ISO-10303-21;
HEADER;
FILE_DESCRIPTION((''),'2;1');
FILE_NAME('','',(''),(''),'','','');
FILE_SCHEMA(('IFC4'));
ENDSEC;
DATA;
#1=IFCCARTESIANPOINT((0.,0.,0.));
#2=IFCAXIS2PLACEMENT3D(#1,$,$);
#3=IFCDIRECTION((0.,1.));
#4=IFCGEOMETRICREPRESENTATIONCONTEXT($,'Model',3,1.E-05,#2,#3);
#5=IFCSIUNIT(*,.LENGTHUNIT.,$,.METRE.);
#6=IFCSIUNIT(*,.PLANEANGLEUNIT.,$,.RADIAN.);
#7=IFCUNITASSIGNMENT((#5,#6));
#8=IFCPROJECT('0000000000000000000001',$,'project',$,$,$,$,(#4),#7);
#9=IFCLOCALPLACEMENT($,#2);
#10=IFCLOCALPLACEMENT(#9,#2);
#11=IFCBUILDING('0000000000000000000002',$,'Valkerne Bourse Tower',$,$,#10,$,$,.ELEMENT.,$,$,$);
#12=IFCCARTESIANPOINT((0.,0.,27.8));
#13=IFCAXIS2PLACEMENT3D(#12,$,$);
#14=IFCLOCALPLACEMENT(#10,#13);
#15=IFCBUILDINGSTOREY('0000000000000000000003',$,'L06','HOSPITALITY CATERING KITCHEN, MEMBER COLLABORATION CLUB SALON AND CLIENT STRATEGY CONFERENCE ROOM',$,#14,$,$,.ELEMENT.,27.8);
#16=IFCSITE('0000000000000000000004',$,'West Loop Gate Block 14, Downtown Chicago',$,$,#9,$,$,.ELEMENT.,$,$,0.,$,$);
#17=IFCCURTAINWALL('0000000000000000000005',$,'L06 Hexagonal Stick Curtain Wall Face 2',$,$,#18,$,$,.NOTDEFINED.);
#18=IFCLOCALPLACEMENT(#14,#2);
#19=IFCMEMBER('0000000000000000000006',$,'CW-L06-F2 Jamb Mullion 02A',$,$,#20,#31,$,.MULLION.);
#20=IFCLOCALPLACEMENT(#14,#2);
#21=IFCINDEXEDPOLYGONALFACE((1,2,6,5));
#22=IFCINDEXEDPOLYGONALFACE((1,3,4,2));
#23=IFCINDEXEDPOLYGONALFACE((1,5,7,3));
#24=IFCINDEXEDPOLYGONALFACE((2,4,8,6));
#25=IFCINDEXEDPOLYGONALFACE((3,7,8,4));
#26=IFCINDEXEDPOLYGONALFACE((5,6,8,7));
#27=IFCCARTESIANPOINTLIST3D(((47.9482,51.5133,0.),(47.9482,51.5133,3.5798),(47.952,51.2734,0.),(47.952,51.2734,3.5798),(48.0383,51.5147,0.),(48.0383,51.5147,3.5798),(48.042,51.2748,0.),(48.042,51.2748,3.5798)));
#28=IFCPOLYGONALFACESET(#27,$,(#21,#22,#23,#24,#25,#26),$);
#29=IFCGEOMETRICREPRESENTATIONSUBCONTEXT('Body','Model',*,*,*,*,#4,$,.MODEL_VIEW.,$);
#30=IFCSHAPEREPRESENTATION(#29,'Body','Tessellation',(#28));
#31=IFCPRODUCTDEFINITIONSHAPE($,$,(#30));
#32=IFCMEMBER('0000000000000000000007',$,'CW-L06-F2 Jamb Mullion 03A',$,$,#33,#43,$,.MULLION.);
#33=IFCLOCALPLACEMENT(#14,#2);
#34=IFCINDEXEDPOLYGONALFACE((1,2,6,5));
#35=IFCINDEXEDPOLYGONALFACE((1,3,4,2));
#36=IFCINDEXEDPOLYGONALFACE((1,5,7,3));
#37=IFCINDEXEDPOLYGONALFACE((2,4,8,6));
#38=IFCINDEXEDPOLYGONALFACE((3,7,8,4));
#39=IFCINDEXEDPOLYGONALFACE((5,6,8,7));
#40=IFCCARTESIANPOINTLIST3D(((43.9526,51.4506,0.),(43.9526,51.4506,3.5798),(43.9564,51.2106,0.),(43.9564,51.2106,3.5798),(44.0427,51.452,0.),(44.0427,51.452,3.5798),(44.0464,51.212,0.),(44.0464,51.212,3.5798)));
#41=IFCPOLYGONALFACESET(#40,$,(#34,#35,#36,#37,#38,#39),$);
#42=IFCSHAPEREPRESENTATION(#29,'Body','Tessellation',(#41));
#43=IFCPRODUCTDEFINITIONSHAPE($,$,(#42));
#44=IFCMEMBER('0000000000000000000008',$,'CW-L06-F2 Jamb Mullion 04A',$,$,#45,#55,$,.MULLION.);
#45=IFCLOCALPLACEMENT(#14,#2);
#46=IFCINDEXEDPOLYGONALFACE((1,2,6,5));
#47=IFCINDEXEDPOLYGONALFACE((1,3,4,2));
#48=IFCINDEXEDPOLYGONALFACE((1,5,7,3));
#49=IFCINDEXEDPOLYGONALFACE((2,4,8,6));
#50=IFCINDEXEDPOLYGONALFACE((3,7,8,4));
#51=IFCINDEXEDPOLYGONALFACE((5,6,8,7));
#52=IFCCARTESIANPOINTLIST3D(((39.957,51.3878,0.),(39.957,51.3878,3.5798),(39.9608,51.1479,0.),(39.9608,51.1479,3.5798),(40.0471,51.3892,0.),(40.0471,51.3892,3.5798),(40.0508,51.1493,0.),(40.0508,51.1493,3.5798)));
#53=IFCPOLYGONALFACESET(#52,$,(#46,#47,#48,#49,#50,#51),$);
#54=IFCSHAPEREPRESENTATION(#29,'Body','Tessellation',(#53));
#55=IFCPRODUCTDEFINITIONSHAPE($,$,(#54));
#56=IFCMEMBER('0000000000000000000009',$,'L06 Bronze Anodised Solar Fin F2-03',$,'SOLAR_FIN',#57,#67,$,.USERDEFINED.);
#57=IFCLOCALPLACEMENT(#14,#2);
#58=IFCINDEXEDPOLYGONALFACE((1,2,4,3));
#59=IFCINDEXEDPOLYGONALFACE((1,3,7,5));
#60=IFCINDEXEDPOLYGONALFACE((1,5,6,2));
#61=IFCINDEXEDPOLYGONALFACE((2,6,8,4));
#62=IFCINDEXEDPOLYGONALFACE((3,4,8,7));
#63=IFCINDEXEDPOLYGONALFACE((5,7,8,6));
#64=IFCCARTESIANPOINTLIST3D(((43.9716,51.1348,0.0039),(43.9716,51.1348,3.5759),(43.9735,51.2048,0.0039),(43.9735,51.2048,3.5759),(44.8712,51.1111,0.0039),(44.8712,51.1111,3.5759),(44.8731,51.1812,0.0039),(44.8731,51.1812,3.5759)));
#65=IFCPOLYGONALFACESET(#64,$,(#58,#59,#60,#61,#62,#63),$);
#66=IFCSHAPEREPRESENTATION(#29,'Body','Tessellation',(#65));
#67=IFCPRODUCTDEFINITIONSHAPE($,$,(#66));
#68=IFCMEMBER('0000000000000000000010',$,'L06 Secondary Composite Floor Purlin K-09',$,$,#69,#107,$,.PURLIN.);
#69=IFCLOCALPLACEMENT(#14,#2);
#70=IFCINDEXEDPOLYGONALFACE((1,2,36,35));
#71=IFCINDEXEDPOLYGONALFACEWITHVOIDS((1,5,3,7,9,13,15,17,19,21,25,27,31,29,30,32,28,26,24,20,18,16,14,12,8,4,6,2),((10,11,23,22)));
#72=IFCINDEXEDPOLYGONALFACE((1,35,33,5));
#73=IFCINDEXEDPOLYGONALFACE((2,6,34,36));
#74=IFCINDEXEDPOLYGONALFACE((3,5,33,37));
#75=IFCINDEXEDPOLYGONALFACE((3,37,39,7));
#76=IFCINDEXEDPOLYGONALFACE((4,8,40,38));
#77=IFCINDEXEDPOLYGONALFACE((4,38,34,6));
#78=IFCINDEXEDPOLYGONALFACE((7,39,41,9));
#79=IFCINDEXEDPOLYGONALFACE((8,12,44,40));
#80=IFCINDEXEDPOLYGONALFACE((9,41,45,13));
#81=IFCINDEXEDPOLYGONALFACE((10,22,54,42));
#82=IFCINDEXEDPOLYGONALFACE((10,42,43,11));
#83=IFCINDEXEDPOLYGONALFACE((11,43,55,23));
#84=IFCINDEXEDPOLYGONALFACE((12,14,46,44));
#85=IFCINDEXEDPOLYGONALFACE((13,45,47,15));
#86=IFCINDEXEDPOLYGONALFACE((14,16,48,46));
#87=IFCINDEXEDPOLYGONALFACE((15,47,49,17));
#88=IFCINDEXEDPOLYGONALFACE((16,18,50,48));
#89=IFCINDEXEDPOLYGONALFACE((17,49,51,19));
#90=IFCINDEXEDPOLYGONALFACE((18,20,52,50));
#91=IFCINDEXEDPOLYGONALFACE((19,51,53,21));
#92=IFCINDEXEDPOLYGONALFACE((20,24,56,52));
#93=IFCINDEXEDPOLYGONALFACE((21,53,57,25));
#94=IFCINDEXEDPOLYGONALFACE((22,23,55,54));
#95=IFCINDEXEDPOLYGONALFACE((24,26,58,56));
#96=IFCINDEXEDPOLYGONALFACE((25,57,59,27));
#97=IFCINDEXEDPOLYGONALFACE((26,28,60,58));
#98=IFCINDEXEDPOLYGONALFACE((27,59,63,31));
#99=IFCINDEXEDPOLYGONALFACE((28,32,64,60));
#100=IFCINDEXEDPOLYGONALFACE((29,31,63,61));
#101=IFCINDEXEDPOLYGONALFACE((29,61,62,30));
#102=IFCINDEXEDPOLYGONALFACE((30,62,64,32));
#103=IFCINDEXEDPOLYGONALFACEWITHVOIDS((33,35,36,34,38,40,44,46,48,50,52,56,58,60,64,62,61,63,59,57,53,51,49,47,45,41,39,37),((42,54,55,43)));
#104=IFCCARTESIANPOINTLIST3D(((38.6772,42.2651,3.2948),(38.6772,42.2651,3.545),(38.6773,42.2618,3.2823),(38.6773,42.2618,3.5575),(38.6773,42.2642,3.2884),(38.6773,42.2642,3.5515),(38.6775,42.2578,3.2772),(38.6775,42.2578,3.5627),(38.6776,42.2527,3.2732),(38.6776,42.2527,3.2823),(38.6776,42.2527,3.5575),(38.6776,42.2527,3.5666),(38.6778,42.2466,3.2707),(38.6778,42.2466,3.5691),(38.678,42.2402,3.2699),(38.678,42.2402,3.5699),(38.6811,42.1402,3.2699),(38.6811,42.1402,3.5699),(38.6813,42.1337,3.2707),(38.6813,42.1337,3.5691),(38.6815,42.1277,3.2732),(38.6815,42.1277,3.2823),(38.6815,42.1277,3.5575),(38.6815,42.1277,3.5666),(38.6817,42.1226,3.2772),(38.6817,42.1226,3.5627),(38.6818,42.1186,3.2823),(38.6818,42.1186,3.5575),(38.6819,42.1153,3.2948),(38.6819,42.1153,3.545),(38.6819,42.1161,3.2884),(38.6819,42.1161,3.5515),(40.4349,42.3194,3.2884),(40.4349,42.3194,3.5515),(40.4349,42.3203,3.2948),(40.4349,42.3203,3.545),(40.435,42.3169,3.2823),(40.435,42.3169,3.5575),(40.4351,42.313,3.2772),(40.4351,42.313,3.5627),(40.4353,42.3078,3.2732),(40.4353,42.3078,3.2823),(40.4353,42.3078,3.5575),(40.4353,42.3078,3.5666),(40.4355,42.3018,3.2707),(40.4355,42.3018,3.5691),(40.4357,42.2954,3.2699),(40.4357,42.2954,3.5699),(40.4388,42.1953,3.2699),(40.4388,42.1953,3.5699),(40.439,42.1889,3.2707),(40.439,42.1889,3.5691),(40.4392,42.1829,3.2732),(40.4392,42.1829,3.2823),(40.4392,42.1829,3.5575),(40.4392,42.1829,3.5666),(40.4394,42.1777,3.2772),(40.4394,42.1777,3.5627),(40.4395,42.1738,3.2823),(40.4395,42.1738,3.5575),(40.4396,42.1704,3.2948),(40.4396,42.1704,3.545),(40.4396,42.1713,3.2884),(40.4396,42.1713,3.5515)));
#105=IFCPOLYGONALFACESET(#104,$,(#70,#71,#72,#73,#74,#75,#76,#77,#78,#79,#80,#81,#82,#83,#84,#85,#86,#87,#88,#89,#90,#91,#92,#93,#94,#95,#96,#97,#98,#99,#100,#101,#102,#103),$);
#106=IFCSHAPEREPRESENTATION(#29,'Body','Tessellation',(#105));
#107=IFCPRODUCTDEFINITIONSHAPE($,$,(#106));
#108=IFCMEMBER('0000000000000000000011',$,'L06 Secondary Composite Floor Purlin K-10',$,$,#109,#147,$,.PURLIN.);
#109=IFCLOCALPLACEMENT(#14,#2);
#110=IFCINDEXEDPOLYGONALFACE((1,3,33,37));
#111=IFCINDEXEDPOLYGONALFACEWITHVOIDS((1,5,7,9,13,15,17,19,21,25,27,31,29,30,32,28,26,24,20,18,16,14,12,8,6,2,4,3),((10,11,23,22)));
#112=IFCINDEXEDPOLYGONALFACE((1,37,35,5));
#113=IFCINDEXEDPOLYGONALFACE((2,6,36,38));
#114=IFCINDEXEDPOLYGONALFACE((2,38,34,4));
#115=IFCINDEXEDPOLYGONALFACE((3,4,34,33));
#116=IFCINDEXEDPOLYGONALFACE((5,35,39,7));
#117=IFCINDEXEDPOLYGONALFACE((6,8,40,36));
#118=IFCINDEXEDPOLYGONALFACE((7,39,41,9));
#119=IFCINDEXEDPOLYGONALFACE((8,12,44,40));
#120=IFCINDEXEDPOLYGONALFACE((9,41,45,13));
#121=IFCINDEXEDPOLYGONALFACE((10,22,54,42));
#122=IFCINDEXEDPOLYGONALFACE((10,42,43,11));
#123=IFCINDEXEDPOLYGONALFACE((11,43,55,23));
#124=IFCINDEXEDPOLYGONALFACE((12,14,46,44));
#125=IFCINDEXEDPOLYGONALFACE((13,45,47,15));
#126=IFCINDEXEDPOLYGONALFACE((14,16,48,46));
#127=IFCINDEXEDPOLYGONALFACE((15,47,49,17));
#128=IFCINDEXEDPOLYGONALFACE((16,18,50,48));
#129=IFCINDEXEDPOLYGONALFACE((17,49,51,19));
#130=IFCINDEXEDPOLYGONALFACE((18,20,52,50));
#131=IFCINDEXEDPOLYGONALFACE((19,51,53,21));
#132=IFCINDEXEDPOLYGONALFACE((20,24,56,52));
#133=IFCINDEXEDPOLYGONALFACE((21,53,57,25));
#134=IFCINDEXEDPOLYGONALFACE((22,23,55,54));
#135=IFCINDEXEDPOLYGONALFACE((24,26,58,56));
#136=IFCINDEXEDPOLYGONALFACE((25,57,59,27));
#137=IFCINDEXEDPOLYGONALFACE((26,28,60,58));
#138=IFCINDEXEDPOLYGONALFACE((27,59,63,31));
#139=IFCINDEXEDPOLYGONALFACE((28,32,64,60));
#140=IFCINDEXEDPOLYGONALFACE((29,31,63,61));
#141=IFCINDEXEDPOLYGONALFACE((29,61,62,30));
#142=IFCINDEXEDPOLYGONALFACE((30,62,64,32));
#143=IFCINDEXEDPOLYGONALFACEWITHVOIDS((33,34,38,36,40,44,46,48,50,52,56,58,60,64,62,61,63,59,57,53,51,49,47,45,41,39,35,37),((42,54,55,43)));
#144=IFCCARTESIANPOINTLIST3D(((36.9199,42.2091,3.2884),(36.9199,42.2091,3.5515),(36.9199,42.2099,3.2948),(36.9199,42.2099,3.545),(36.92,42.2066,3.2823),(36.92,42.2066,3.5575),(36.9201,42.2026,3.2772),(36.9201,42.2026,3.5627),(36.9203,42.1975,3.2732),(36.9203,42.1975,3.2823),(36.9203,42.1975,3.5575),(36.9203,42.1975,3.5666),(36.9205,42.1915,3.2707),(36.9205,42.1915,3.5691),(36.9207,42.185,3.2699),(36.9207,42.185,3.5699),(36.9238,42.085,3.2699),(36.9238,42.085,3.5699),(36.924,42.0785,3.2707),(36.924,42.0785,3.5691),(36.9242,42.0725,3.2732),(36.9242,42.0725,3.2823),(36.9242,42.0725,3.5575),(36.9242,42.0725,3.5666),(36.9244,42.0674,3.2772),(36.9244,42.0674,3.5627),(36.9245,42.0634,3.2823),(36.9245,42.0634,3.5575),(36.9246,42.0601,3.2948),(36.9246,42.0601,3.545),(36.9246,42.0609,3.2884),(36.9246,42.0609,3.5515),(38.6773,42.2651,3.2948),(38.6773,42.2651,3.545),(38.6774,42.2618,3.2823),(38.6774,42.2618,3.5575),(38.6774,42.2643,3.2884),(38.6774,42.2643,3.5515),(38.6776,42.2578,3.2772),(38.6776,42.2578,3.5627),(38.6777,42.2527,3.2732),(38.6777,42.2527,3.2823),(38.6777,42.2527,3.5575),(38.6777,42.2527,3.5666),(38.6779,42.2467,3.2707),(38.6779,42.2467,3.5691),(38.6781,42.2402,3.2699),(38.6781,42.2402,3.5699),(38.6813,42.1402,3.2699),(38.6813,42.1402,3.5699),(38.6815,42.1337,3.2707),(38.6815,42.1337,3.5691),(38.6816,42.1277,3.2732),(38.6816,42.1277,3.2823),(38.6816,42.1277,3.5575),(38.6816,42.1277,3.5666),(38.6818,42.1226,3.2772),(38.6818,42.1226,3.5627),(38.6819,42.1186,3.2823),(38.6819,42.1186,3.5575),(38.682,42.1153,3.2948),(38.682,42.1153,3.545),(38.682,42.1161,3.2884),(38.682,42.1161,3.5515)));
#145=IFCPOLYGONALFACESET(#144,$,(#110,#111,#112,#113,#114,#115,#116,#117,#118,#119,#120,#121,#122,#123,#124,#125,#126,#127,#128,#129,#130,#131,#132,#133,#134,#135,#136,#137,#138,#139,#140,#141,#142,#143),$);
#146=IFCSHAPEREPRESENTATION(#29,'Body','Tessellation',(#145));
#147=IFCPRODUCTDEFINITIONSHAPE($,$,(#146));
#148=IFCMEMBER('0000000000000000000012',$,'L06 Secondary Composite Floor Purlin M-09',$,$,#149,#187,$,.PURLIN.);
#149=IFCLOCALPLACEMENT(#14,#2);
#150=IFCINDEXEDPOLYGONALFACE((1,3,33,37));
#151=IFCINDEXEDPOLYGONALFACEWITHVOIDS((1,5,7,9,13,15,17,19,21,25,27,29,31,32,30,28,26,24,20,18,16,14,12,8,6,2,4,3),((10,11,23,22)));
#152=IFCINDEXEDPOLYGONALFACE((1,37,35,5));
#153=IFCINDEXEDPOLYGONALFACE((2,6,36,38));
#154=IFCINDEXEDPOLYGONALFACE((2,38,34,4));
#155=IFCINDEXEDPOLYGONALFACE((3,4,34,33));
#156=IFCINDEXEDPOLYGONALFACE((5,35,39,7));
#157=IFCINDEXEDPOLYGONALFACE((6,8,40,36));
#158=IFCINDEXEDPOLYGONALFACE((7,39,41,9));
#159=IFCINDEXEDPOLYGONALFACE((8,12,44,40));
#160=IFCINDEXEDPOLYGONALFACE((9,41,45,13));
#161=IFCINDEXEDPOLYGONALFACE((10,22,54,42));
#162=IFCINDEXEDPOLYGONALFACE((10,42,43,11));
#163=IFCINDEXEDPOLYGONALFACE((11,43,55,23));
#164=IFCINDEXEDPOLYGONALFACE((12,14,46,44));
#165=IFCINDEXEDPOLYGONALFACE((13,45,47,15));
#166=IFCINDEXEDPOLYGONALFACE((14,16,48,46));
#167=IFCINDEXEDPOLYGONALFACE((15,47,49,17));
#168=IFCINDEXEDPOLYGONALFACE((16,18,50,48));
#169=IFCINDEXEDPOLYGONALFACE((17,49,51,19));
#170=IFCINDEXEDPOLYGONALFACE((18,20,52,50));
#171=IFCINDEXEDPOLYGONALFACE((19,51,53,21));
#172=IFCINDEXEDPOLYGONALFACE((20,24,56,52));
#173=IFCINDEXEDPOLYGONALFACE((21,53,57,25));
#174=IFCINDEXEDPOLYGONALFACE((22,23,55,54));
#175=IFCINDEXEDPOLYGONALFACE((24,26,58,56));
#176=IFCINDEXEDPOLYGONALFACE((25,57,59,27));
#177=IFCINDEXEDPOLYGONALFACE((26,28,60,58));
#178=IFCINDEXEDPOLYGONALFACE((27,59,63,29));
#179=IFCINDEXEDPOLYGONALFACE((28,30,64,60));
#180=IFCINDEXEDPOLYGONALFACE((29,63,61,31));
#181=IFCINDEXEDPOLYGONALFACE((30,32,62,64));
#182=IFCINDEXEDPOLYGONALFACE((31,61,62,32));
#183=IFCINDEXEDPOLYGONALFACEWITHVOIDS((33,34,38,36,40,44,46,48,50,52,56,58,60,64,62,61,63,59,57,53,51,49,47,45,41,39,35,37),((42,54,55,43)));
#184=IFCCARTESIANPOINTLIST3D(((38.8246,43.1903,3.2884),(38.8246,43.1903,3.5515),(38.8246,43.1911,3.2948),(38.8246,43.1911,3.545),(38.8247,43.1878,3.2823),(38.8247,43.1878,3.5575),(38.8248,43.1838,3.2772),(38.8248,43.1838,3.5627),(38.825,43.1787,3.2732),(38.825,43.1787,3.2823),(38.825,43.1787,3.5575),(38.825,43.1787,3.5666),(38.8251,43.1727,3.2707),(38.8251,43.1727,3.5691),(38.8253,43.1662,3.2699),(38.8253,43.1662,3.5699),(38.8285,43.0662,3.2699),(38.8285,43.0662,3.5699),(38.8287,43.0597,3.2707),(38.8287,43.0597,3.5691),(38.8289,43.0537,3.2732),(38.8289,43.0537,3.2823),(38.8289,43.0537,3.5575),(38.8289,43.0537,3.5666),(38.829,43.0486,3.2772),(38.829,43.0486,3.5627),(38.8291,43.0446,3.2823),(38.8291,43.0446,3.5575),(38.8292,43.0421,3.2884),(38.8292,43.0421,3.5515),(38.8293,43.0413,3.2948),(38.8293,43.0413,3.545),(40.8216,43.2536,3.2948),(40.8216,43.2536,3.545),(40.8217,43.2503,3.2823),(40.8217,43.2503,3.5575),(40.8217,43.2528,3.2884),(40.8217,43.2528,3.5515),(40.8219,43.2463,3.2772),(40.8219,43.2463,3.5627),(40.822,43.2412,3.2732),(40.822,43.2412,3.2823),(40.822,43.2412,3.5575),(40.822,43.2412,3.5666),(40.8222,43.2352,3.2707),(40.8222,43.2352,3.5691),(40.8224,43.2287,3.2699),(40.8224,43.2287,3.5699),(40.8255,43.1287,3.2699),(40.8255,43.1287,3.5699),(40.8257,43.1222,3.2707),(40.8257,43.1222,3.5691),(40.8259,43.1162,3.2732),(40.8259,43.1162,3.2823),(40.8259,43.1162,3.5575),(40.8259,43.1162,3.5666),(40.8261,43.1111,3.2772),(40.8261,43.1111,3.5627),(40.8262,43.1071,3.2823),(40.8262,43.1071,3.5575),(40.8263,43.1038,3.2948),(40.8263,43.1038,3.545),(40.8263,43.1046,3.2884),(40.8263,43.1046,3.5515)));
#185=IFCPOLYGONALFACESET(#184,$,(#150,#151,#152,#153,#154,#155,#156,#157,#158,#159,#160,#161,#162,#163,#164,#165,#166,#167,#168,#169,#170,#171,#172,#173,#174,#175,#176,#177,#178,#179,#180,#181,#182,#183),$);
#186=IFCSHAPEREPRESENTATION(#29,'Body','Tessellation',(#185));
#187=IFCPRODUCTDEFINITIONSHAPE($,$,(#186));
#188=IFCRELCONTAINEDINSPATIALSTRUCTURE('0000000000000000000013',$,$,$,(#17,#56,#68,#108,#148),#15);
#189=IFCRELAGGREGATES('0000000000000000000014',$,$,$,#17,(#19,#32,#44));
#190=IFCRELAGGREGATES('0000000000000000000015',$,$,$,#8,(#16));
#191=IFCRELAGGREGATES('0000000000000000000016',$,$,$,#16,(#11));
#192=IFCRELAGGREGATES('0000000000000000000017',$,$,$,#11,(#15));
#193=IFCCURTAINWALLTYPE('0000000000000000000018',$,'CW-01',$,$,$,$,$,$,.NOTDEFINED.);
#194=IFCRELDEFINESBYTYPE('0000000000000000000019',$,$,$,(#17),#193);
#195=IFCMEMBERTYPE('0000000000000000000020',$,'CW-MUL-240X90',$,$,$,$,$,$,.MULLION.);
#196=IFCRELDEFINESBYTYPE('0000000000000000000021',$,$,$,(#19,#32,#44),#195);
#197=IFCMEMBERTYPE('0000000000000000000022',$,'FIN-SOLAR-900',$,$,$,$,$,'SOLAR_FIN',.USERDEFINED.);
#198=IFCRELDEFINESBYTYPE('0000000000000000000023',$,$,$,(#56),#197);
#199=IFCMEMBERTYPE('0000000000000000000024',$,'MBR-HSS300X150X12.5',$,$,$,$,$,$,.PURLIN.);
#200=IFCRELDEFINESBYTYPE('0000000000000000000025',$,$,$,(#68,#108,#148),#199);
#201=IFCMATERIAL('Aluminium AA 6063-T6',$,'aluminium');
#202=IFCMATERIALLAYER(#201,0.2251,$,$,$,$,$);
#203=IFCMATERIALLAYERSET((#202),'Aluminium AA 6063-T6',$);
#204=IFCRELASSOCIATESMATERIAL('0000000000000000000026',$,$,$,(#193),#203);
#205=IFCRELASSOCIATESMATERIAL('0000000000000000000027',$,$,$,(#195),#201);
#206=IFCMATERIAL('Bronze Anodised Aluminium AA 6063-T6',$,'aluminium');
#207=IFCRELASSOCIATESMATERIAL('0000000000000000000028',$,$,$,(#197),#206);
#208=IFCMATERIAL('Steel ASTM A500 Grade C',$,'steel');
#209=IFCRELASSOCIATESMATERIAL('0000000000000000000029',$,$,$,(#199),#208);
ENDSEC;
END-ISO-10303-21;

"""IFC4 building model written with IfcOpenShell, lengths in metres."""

from ifc_helpers import new_model, si_unit, direction, frame, origin, origin_2d, place, context, subcontext, project, spatial, rectangle, hollow_rectangle, extrude, material, layer, layer_set, material_profile, profile_set, type_object, element, aggregate, save


model = new_model("IFC4")

# Units and contexts
model_context = context("Model", 3, precision=1e-05, world=origin(), true_north=direction((0.0, 1.0)))
body_context = subcontext(model_context, "Body", "Model", "MODEL_VIEW")
ifc_project = project(units=[si_unit("LENGTHUNIT", "METRE"), si_unit("PLANEANGLEUNIT", "RADIAN")], contexts=[model_context])

# Site, building, storey
site_placement = place(None, origin())
site = spatial("IfcSite", under=ifc_project, at=site_placement, Name="West Loop Gate Block 14, Downtown Chicago", CompositionType="ELEMENT", RefElevation=0.0)
building_placement = place(site_placement, origin())
building = spatial("IfcBuilding", under=site, at=building_placement, Name="Valkerne Bourse Tower", CompositionType="ELEMENT")
storey_placement = place(building_placement, frame((0.0, 0.0, 27.8)))
storey = spatial("IfcBuildingStorey", under=building, at=storey_placement, Name="L06", Description="HOSPITALITY CATERING KITCHEN, MEMBER COLLABORATION CLUB SALON AND CLIENT STRATEGY CONFERENCE ROOM", CompositionType="ELEMENT", Elevation=27.8)

# Curtain wall, members
ifc_material_1 = material(Name="Aluminium AA 6063-T6", Category="aluminium")
ifc_layer_1 = layer(ifc_material_1, 0.2251)
ifc_layer_set_1 = layer_set([ifc_layer_1], Name="Aluminium AA 6063-T6")
curtain_wall_type = type_object("IfcCurtainWallType", Name="CW-01", PredefinedType="NOTDEFINED", material=ifc_layer_set_1)
curtain_wall_placement = place(storey_placement, origin())
curtain_wall = element("IfcCurtainWall", 1, at=curtain_wall_placement, inside=storey, type_object=curtain_wall_type, Name="L06 Hexagonal Stick Curtain Wall Face 2", PredefinedType="NOTDEFINED")
ifc_material_profile_1 = material_profile(ifc_material_1, rectangle(XDim=0.0901, YDim=0.24, at=origin_2d()), Name="CWM-90X240")
ifc_profile_set_1 = profile_set([ifc_material_profile_1], Name="Aluminium AA 6063-T6")
member_type_1 = type_object("IfcMemberType", Name="CW-MUL-240X90", PredefinedType="MULLION", material=ifc_profile_set_1)
member_1_placement = place(storey_placement, frame((47.9951, 51.394, 0.0), z_axis=(0.0, 0.0, 1.0), x_axis=(-0.999877, -0.015691, 0.0)))
member_1 = element("IfcMember", 2, at=member_1_placement, type_object=member_type_1, Name="CW-L06-F2 Jamb Mullion 02A", PredefinedType="MULLION", context=body_context, shape_type="SweptSolid", body=[
    extrude(rectangle(XDim=0.0901, YDim=0.24, at=origin_2d()), origin(), (0.0, 0.0, 1.0), 3.5798),
])
member_2_placement = place(storey_placement, frame((43.9995, 51.3313, 0.0), z_axis=(0.0, 0.0, 1.0), x_axis=(-0.999877, -0.015716, 0.0)))
member_2 = element("IfcMember", 3, at=member_2_placement, type_object=member_type_1, Name="CW-L06-F2 Jamb Mullion 03A", PredefinedType="MULLION", context=body_context, shape_type="SweptSolid", body=[
    extrude(rectangle(XDim=0.0901, YDim=0.24, at=origin_2d()), origin(), (0.0, 0.0, 1.0), 3.5798),
])
member_3_placement = place(storey_placement, frame((40.0039, 51.2686, 0.0), z_axis=(0.0, 0.0, 1.0), x_axis=(-0.999877, -0.015716, 0.0)))
member_3 = element("IfcMember", 4, at=member_3_placement, type_object=member_type_1, Name="CW-L06-F2 Jamb Mullion 04A", PredefinedType="MULLION", context=body_context, shape_type="SweptSolid", body=[
    extrude(rectangle(XDim=0.0901, YDim=0.24, at=origin_2d()), origin(), (0.0, 0.0, 1.0), 3.5798),
])

# Members
ifc_material_2 = material(Name="Bronze Anodised Aluminium AA 6063-T6", Category="aluminium")
ifc_material_profile_2 = material_profile(ifc_material_2, rectangle(XDim=0.0701, YDim=0.8999, at=origin_2d()), Name="FIN-70X900")
ifc_profile_set_2 = profile_set([ifc_material_profile_2], Name="Bronze Anodised Aluminium AA 6063-T6")
member_type_2 = type_object("IfcMemberType", Name="FIN-SOLAR-900", ElementType="SOLAR_FIN", PredefinedType="USERDEFINED", material=ifc_profile_set_2)
member_4_placement = place(storey_placement, frame((44.4224, 51.158, 0.0039), z_axis=(0.0, 0.0, 1.0), x_axis=(0.026293, 0.999654, 0.0)))
element("IfcMember", 5, at=member_4_placement, inside=storey, type_object=member_type_2, Name="L06 Bronze Anodised Solar Fin F2-03", ObjectType="SOLAR_FIN", PredefinedType="USERDEFINED", context=body_context, shape_type="SweptSolid", body=[
    extrude(rectangle(XDim=0.0701, YDim=0.8999, at=origin_2d()), origin(), (0.0, 0.0, 1.0), 3.572),
])
ifc_material_3 = material(Name="Steel ASTM A500 Grade C", Category="steel")
ifc_material_profile_3 = material_profile(ifc_material_3, hollow_rectangle(XDim=0.1499, YDim=0.3, WallThickness=0.0125, OuterFilletRadius=0.0249, at=origin_2d()), Name="HSS300X150X12.5")
ifc_profile_set_3 = profile_set([ifc_material_profile_3], Name="Steel ASTM A500 Grade C")
member_type_3 = type_object("IfcMemberType", Name="MBR-HSS300X150X12.5", PredefinedType="PURLIN", material=ifc_profile_set_3)
member_5_placement = place(storey_placement, frame((40.4373, 42.2454, 3.4199), z_axis=(-0.999508, -0.031378, 0.0), x_axis=(0.031378, -0.999508, 0.0)))
element("IfcMember", 6, at=member_5_placement, inside=storey, type_object=member_type_3, Name="L06 Secondary Composite Floor Purlin K-09", PredefinedType="PURLIN", context=body_context, shape_type="SweptSolid", body=[
    extrude(hollow_rectangle(XDim=0.1499, YDim=0.3, WallThickness=0.0125, OuterFilletRadius=0.0249, at=origin_2d()), origin(), (0.0, 0.0, 1.0), 1.7585),
])
member_6_placement = place(storey_placement, frame((38.6797, 42.1902, 3.4199), z_axis=(-0.999507, -0.031382, 0.0), x_axis=(0.031382, -0.999507, 0.0)))
element("IfcMember", 7, at=member_6_placement, inside=storey, type_object=member_type_3, Name="L06 Secondary Composite Floor Purlin K-10", PredefinedType="PURLIN", context=body_context, shape_type="SweptSolid", body=[
    extrude(hollow_rectangle(XDim=0.1499, YDim=0.3, WallThickness=0.0125, OuterFilletRadius=0.0249, at=origin_2d()), origin(), (0.0, 0.0, 1.0), 1.7583),
])
member_7_placement = place(storey_placement, frame((40.824, 43.1787, 3.4199), z_axis=(-0.999511, -0.031281, 0.0), x_axis=(0.031281, -0.999511, 0.0)))
element("IfcMember", 8, at=member_7_placement, inside=storey, type_object=member_type_3, Name="L06 Secondary Composite Floor Purlin M-09", PredefinedType="PURLIN", context=body_context, shape_type="SweptSolid", body=[
    extrude(hollow_rectangle(XDim=0.1499, YDim=0.3, WallThickness=0.0125, OuterFilletRadius=0.0249, at=origin_2d()), origin(), (0.0, 0.0, 1.0), 1.998),
])

aggregate(curtain_wall, [member_1, member_2, member_3])

save(model, "model.ifc")
